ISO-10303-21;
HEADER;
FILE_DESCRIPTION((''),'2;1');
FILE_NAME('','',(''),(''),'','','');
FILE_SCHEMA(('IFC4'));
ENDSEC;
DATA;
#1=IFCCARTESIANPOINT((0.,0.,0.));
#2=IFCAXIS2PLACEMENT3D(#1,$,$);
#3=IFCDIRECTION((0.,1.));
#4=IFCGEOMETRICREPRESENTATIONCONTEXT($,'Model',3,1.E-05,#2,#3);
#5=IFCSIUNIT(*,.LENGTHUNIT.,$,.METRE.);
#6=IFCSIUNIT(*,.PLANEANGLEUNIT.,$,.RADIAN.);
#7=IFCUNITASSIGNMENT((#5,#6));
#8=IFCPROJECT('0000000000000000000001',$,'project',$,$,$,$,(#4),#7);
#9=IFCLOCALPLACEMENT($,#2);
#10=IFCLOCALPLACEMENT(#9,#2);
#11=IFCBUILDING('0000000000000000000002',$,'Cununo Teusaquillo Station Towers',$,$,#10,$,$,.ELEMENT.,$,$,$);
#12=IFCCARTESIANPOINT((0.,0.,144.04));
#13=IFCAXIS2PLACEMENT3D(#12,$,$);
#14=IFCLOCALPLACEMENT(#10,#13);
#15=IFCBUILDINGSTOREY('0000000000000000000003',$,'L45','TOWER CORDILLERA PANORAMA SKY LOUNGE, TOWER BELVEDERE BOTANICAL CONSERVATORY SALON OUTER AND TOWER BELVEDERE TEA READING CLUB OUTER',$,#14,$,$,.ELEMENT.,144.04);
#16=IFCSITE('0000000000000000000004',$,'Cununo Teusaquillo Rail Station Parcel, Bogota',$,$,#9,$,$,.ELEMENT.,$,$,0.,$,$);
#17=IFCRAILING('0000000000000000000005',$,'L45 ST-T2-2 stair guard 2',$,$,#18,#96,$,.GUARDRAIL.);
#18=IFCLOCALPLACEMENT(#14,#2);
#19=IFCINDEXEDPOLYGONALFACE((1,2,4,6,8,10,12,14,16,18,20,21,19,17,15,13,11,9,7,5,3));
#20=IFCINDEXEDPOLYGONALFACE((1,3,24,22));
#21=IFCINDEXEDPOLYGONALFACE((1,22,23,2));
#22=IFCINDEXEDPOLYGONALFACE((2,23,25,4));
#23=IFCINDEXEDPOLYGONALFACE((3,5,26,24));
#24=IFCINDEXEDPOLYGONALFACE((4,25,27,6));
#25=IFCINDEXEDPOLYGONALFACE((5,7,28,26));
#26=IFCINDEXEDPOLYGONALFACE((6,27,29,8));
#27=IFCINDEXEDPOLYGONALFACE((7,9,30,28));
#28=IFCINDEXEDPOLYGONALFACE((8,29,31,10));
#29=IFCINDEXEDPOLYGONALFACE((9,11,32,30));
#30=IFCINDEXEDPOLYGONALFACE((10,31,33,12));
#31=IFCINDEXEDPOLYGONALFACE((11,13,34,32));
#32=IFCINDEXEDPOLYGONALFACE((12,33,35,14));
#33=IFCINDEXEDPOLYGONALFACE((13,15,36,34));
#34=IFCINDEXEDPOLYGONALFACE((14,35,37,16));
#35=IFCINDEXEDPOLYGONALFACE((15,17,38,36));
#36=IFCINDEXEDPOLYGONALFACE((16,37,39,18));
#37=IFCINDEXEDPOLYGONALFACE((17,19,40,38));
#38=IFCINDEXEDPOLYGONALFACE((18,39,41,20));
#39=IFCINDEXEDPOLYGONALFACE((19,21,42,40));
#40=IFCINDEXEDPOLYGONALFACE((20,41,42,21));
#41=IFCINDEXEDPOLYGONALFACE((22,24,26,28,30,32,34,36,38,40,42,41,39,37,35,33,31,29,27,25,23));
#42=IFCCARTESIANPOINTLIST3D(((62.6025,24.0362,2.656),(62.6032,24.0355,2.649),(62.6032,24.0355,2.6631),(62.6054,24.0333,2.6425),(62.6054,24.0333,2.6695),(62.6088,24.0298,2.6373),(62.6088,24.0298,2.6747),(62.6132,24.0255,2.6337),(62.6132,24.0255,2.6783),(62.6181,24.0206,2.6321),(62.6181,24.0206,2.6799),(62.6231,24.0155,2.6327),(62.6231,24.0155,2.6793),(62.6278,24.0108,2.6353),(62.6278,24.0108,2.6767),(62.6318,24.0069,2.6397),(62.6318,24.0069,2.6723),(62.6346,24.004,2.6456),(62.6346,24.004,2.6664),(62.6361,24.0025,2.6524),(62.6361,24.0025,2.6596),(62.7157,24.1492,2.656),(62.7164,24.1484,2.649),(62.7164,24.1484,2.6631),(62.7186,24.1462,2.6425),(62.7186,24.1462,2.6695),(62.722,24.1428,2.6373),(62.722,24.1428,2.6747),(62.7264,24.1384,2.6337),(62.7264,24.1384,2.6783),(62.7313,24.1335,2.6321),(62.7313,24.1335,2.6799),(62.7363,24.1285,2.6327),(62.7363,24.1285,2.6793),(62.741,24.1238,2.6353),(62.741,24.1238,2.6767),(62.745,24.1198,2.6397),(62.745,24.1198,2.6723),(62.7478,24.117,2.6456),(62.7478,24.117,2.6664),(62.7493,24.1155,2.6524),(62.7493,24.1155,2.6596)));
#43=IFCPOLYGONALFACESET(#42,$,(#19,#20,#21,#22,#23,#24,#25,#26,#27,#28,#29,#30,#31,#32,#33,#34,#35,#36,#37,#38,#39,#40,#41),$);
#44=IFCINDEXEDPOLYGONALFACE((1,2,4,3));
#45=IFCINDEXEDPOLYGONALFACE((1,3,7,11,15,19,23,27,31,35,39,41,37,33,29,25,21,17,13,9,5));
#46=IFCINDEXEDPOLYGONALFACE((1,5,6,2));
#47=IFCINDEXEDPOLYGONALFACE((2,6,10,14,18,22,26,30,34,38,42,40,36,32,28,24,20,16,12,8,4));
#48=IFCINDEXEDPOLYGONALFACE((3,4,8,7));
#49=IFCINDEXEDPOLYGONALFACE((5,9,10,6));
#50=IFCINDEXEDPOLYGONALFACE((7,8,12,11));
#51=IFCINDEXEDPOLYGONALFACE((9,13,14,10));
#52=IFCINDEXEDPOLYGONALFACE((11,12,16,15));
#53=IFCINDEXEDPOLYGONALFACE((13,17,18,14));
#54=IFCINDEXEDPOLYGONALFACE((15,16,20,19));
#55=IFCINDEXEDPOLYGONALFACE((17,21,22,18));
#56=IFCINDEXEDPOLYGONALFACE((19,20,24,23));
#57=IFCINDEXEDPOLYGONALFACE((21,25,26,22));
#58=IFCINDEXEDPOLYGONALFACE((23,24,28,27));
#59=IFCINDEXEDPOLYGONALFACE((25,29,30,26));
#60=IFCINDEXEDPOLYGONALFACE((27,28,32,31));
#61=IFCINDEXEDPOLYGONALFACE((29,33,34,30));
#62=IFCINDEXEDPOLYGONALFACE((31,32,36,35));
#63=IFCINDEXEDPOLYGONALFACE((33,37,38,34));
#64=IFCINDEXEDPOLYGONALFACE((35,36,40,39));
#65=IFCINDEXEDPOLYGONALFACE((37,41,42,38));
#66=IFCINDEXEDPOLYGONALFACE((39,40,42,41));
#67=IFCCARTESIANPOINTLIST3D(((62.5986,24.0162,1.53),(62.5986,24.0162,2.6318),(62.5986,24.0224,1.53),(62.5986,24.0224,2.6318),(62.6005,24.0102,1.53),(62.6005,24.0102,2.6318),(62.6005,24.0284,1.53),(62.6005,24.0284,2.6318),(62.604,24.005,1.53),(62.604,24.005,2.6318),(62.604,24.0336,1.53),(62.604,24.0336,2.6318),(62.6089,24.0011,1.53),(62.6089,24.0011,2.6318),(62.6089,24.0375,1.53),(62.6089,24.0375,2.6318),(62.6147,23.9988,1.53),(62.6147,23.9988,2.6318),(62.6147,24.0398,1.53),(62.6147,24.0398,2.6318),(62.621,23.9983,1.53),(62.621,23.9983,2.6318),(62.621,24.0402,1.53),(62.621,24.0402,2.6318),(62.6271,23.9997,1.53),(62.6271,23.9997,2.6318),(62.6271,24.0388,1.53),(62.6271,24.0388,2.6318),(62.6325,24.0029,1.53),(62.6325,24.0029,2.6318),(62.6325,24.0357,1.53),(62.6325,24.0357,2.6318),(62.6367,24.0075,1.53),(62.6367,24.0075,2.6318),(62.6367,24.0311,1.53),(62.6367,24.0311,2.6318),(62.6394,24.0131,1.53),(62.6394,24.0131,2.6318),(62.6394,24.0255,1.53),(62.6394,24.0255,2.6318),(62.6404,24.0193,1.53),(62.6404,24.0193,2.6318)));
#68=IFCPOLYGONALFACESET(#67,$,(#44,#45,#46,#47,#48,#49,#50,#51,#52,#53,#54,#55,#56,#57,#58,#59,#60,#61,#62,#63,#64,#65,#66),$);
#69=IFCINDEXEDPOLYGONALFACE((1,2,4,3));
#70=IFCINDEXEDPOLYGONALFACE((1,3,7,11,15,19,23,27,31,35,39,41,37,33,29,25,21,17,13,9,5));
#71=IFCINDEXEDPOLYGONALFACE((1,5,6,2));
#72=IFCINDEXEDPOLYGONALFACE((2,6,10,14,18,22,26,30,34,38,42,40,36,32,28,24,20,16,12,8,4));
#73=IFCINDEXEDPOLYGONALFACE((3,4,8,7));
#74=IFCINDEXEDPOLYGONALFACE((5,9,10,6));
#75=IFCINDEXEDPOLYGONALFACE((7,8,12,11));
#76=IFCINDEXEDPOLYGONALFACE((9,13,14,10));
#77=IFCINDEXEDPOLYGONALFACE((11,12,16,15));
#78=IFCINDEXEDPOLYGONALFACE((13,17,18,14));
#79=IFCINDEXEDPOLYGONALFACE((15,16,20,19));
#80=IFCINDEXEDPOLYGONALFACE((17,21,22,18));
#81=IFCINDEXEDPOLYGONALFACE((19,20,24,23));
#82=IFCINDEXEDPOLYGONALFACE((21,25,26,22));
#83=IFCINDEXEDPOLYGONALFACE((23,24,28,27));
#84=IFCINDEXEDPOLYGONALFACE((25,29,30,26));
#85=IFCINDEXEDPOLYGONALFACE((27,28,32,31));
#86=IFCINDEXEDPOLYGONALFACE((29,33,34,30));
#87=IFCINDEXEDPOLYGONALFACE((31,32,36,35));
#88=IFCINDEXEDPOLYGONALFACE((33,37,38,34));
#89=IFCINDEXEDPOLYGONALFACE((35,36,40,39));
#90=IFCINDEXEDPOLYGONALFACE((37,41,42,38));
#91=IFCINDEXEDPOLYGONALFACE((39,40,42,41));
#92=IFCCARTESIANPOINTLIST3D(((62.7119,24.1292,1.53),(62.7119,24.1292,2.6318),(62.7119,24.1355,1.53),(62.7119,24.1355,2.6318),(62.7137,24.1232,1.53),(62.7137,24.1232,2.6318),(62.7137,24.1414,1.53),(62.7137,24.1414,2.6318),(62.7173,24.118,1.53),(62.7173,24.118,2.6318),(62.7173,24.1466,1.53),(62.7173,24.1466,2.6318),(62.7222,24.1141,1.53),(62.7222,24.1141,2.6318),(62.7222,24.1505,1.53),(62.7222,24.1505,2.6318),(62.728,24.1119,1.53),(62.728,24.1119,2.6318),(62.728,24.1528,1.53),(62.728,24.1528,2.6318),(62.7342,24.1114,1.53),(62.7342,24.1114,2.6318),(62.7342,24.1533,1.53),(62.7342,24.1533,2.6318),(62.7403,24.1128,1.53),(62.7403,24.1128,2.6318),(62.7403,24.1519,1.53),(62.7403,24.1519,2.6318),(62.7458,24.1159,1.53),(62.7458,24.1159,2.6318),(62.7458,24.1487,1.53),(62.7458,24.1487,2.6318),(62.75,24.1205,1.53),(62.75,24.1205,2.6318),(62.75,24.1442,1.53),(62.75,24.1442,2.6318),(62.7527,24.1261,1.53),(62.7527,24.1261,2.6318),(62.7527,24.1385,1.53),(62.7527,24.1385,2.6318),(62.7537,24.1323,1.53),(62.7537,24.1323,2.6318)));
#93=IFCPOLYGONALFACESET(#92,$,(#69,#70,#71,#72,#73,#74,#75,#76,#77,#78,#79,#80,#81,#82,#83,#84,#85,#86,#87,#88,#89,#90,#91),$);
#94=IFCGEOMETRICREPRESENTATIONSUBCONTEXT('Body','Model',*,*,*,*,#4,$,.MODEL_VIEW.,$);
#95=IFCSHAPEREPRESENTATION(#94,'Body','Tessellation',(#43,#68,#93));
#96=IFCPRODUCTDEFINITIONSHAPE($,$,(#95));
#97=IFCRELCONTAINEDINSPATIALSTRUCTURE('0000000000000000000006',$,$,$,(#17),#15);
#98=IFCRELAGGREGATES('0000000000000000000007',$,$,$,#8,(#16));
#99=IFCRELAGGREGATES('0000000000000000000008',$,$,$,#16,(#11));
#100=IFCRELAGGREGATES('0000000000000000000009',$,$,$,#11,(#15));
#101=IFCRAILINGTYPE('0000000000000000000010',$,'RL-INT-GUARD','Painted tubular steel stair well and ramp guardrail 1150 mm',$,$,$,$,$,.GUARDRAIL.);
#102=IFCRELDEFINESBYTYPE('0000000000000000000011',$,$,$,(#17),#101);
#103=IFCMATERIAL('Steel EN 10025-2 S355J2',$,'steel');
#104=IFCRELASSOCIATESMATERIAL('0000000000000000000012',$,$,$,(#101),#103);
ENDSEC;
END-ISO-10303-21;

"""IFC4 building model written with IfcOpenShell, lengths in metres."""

from ifc_helpers import new_model, si_unit, direction, frame, origin, origin_2d, place, context, subcontext, project, spatial, circle, extrude, material, type_object, element, save


model = new_model("IFC4")

# Units and contexts
model_context = context("Model", 3, precision=1e-05, world=origin(), true_north=direction((0.0, 1.0)))
body_context = subcontext(model_context, "Body", "Model", "MODEL_VIEW")
ifc_project = project(units=[si_unit("LENGTHUNIT", "METRE"), si_unit("PLANEANGLEUNIT", "RADIAN")], contexts=[model_context])

# Site, building, storey
site_placement = place(None, origin())
site = spatial("IfcSite", under=ifc_project, at=site_placement, Name="Cununo Teusaquillo Rail Station Parcel, Bogota", CompositionType="ELEMENT", RefElevation=0.0)
building_placement = place(site_placement, origin())
building = spatial("IfcBuilding", under=site, at=building_placement, Name="Cununo Teusaquillo Station Towers", CompositionType="ELEMENT")
storey_placement = place(building_placement, frame((0.0, 0.0, 144.04)))
storey = spatial("IfcBuildingStorey", under=building, at=storey_placement, Name="L45", Description="TOWER CORDILLERA PANORAMA SKY LOUNGE, TOWER BELVEDERE BOTANICAL CONSERVATORY SALON OUTER AND TOWER BELVEDERE TEA READING CLUB OUTER", CompositionType="ELEMENT", Elevation=144.04)

# Railing
ifc_material_1 = material(Name="Steel EN 10025-2 S355J2", Category="steel")
railing_type_1 = type_object("IfcRailingType", Name="RL-INT-GUARD", Description="Painted tubular steel stair well and ramp guardrail 1150 mm", PredefinedType="GUARDRAIL", material=ifc_material_1)
railing_1_placement = place(storey_placement, frame((62.6194, 24.0193, 1.53)))
element("IfcRailing", 1, at=railing_1_placement, inside=storey, type_object=railing_type_1, Name="L45 ST-T2-2 stair guard 2", PredefinedType="GUARDRAIL", context=body_context, shape_type="SweptSolid", body=[
    extrude(circle(Radius=0.0239, at=origin_2d()), frame((0.0, 0.0, 1.126), z_axis=(0.707869, 0.706344, 0.0), x_axis=(-0.706344, 0.707869, 0.0)), (0.0, 0.0, 1.0), 0.1599),
    extrude(circle(Radius=0.021, at=origin_2d()), origin(), (0.0, 0.0, 1.0), 1.1018),
    extrude(circle(Radius=0.021, at=origin_2d()), frame((0.1133, 0.113, 0.0)), (0.0, 0.0, 1.0), 1.1018),
])

save(model, "model.ifc")
